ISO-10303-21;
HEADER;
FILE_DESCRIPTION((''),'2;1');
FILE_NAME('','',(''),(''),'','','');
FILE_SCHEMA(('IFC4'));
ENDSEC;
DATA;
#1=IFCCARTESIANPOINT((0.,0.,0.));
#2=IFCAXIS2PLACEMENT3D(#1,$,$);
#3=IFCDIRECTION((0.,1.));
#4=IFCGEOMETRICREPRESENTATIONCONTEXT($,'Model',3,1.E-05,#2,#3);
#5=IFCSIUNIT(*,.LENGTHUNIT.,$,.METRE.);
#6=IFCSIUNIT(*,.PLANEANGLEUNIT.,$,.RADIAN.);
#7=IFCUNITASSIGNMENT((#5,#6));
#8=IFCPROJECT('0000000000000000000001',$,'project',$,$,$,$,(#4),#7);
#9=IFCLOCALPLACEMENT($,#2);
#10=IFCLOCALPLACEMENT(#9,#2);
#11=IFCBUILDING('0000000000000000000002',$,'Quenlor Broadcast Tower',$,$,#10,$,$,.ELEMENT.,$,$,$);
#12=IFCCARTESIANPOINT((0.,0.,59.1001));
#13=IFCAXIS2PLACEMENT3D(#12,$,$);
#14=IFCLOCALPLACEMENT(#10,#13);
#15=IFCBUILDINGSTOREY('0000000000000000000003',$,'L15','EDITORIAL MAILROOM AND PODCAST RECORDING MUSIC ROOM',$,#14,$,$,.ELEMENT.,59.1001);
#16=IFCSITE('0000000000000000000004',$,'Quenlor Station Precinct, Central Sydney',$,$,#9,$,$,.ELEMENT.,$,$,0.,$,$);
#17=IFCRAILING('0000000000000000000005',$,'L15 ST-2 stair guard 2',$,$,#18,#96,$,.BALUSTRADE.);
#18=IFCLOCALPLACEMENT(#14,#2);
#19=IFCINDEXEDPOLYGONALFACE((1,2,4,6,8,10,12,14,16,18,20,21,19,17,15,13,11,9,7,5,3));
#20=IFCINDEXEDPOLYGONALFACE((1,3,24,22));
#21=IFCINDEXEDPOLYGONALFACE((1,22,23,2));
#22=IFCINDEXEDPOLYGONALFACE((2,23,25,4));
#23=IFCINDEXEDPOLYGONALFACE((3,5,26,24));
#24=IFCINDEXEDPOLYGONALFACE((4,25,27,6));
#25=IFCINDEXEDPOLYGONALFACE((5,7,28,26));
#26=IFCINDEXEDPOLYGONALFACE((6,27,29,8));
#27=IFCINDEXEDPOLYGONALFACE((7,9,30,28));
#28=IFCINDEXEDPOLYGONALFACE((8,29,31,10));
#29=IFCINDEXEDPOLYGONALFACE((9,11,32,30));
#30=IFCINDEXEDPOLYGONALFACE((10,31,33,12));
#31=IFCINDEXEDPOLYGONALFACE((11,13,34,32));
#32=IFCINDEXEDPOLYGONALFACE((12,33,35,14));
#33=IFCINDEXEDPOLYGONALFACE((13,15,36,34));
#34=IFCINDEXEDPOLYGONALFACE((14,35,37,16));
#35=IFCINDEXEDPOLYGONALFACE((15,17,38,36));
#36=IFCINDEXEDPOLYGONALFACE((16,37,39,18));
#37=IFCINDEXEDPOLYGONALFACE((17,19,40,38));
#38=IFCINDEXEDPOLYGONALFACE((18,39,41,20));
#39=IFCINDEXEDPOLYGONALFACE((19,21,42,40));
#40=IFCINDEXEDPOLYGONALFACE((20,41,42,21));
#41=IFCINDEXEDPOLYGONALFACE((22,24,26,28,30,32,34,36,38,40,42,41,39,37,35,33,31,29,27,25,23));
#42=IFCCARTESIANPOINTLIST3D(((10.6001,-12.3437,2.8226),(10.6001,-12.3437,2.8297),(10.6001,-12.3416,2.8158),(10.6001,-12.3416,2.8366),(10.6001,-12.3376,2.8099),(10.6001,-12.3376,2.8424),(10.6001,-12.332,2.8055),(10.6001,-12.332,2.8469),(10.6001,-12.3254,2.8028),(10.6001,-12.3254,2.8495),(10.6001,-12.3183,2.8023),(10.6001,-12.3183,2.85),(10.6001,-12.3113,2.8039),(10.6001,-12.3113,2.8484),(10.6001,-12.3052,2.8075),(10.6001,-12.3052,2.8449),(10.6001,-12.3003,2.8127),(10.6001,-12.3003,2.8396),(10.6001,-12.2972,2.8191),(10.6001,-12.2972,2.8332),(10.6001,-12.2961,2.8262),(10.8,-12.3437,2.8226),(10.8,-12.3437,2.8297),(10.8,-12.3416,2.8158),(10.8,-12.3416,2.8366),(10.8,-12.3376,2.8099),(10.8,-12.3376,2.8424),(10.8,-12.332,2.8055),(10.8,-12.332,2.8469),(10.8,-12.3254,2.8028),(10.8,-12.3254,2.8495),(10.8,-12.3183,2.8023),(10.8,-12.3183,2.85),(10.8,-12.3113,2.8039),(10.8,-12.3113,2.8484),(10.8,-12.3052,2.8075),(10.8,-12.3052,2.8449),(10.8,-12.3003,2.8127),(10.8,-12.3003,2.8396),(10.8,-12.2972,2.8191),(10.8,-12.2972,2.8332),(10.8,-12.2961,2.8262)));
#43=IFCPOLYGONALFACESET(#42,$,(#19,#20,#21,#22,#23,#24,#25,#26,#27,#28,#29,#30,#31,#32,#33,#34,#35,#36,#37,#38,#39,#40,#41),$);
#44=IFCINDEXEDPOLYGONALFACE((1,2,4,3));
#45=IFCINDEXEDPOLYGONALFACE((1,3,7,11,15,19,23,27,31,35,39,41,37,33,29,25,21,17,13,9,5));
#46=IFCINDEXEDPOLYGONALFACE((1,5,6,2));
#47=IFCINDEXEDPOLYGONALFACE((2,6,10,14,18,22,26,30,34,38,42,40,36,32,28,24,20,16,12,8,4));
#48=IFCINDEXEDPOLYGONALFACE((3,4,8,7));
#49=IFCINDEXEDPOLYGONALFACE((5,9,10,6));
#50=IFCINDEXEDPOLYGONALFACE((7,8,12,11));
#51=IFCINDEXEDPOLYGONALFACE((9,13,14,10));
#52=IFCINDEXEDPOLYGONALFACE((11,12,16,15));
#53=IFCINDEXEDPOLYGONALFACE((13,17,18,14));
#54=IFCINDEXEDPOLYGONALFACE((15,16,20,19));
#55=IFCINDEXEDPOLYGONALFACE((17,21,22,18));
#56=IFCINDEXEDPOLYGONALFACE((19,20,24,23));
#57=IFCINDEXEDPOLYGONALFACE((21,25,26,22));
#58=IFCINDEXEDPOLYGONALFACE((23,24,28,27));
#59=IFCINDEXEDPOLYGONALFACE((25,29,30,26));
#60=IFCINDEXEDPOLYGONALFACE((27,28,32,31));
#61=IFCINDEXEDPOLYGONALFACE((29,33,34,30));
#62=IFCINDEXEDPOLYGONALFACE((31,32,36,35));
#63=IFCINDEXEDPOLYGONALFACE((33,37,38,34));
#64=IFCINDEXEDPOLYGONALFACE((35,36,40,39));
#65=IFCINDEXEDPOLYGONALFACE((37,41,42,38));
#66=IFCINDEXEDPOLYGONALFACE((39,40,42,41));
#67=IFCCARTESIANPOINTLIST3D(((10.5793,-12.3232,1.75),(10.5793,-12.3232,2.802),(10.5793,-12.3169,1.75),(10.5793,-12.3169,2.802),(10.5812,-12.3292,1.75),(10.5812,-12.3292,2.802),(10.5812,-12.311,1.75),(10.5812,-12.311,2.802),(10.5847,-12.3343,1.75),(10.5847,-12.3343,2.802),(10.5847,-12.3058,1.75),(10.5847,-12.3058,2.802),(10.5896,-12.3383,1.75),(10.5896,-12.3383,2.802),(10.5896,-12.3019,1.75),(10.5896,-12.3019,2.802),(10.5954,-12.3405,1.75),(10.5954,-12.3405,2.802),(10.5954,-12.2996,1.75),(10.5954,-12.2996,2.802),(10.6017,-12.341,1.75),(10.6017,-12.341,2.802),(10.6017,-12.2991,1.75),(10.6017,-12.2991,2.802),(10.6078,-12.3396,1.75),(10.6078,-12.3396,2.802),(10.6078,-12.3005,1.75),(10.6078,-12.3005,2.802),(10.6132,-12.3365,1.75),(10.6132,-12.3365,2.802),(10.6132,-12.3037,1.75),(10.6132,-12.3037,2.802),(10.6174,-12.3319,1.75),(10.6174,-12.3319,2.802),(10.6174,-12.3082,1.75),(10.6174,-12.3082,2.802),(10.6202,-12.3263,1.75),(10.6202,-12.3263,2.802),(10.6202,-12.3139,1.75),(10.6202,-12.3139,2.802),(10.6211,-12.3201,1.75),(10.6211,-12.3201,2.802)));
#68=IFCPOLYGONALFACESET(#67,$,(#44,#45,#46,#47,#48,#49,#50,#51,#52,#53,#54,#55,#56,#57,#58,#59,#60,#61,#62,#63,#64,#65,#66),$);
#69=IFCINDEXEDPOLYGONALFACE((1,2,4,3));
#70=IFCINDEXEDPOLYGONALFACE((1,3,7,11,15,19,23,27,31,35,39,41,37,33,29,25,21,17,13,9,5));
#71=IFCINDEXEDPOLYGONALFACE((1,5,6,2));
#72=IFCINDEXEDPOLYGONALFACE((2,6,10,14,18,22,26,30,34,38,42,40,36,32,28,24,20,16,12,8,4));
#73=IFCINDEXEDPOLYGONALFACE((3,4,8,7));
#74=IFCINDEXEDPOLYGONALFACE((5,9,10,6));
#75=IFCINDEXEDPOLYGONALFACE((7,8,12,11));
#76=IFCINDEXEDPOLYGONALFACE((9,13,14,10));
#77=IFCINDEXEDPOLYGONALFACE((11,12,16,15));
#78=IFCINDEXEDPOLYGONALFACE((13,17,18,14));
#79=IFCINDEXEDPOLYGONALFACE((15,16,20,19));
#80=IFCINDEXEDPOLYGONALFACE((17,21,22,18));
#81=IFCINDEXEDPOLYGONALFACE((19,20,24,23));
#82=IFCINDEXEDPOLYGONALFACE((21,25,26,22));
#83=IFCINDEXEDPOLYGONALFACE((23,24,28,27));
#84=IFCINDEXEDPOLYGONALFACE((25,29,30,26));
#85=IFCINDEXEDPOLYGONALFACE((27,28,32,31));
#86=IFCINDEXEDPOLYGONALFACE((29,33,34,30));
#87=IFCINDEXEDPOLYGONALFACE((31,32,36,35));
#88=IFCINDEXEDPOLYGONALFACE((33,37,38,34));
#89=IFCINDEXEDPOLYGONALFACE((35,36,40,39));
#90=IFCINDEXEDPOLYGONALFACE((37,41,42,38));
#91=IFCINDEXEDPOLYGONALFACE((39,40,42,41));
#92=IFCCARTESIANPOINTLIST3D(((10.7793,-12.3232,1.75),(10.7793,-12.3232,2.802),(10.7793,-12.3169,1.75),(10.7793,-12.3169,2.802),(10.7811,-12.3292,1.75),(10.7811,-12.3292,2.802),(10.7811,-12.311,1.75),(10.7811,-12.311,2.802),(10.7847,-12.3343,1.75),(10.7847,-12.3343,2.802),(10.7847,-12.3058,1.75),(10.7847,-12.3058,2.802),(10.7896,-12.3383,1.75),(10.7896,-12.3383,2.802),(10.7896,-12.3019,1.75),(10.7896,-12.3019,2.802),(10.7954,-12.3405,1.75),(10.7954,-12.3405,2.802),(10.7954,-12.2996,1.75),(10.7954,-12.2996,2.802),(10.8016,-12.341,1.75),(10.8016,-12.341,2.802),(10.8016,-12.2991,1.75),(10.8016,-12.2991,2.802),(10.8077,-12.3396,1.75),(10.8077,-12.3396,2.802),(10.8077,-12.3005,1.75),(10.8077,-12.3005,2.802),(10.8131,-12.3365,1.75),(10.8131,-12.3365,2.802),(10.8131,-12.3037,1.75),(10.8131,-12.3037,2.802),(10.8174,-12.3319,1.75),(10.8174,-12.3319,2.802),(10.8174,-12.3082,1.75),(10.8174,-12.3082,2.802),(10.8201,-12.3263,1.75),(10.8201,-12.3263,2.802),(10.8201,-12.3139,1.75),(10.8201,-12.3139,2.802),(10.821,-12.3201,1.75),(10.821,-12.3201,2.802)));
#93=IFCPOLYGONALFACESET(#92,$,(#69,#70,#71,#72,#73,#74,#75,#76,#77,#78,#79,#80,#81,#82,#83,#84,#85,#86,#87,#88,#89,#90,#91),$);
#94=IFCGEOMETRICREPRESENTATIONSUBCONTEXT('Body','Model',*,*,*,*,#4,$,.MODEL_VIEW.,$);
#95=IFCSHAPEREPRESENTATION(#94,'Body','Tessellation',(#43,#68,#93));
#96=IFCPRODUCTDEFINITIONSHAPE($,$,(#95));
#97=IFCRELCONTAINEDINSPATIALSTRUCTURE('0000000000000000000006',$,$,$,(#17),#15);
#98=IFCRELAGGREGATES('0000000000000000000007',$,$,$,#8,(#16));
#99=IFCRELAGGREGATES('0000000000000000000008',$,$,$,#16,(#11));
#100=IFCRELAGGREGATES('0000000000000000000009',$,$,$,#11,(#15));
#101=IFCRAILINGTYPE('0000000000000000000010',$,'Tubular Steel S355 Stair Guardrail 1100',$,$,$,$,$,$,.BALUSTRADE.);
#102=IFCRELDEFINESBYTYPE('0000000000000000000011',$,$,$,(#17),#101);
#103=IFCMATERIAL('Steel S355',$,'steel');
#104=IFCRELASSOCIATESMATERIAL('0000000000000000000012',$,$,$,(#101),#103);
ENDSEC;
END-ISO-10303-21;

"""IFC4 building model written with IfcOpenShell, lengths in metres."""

from ifc_helpers import new_model, si_unit, direction, frame, origin, origin_2d, place, context, subcontext, project, spatial, circle, extrude, material, type_object, element, save


model = new_model("IFC4")

# Units and contexts
model_context = context("Model", 3, precision=1e-05, world=origin(), true_north=direction((0.0, 1.0)))
body_context = subcontext(model_context, "Body", "Model", "MODEL_VIEW")
ifc_project = project(units=[si_unit("LENGTHUNIT", "METRE"), si_unit("PLANEANGLEUNIT", "RADIAN")], contexts=[model_context])

# Site, building, storey
site_placement = place(None, origin())
site = spatial("IfcSite", under=ifc_project, at=site_placement, Name="Quenlor Station Precinct, Central Sydney", CompositionType="ELEMENT", RefElevation=0.0)
building_placement = place(site_placement, origin())
building = spatial("IfcBuilding", under=site, at=building_placement, Name="Quenlor Broadcast Tower", CompositionType="ELEMENT")
storey_placement = place(building_placement, frame((0.0, 0.0, 59.1001)))
storey = spatial("IfcBuildingStorey", under=building, at=storey_placement, Name="L15", Description="EDITORIAL MAILROOM AND PODCAST RECORDING MUSIC ROOM", CompositionType="ELEMENT", Elevation=59.1001)

# Railing
ifc_material_1 = material(Name="Steel S355", Category="steel")
railing_type_1 = type_object("IfcRailingType", Name="Tubular Steel S355 Stair Guardrail 1100", PredefinedType="BALUSTRADE", material=ifc_material_1)
railing_1_placement = place(storey_placement, frame((10.6001, -12.3201, 1.75)))
element("IfcRailing", 1, at=railing_1_placement, inside=storey, type_object=railing_type_1, Name="L15 ST-2 stair guard 2", PredefinedType="BALUSTRADE", context=body_context, shape_type="SweptSolid", body=[
    extrude(circle(Radius=0.0239, at=origin_2d()), frame((0.0, 0.0, 1.0762), z_axis=(1.0, 0.0, 0.0), x_axis=(0.0, 1.0, 0.0)), (0.0, 0.0, 1.0), 0.2),
    extrude(circle(Radius=0.021, at=origin_2d()), origin(), (0.0, 0.0, 1.0), 1.052),
    extrude(circle(Radius=0.021, at=origin_2d()), frame((0.2, 0.0, 0.0)), (0.0, 0.0, 1.0), 1.052),
])

save(model, "model.ifc")
